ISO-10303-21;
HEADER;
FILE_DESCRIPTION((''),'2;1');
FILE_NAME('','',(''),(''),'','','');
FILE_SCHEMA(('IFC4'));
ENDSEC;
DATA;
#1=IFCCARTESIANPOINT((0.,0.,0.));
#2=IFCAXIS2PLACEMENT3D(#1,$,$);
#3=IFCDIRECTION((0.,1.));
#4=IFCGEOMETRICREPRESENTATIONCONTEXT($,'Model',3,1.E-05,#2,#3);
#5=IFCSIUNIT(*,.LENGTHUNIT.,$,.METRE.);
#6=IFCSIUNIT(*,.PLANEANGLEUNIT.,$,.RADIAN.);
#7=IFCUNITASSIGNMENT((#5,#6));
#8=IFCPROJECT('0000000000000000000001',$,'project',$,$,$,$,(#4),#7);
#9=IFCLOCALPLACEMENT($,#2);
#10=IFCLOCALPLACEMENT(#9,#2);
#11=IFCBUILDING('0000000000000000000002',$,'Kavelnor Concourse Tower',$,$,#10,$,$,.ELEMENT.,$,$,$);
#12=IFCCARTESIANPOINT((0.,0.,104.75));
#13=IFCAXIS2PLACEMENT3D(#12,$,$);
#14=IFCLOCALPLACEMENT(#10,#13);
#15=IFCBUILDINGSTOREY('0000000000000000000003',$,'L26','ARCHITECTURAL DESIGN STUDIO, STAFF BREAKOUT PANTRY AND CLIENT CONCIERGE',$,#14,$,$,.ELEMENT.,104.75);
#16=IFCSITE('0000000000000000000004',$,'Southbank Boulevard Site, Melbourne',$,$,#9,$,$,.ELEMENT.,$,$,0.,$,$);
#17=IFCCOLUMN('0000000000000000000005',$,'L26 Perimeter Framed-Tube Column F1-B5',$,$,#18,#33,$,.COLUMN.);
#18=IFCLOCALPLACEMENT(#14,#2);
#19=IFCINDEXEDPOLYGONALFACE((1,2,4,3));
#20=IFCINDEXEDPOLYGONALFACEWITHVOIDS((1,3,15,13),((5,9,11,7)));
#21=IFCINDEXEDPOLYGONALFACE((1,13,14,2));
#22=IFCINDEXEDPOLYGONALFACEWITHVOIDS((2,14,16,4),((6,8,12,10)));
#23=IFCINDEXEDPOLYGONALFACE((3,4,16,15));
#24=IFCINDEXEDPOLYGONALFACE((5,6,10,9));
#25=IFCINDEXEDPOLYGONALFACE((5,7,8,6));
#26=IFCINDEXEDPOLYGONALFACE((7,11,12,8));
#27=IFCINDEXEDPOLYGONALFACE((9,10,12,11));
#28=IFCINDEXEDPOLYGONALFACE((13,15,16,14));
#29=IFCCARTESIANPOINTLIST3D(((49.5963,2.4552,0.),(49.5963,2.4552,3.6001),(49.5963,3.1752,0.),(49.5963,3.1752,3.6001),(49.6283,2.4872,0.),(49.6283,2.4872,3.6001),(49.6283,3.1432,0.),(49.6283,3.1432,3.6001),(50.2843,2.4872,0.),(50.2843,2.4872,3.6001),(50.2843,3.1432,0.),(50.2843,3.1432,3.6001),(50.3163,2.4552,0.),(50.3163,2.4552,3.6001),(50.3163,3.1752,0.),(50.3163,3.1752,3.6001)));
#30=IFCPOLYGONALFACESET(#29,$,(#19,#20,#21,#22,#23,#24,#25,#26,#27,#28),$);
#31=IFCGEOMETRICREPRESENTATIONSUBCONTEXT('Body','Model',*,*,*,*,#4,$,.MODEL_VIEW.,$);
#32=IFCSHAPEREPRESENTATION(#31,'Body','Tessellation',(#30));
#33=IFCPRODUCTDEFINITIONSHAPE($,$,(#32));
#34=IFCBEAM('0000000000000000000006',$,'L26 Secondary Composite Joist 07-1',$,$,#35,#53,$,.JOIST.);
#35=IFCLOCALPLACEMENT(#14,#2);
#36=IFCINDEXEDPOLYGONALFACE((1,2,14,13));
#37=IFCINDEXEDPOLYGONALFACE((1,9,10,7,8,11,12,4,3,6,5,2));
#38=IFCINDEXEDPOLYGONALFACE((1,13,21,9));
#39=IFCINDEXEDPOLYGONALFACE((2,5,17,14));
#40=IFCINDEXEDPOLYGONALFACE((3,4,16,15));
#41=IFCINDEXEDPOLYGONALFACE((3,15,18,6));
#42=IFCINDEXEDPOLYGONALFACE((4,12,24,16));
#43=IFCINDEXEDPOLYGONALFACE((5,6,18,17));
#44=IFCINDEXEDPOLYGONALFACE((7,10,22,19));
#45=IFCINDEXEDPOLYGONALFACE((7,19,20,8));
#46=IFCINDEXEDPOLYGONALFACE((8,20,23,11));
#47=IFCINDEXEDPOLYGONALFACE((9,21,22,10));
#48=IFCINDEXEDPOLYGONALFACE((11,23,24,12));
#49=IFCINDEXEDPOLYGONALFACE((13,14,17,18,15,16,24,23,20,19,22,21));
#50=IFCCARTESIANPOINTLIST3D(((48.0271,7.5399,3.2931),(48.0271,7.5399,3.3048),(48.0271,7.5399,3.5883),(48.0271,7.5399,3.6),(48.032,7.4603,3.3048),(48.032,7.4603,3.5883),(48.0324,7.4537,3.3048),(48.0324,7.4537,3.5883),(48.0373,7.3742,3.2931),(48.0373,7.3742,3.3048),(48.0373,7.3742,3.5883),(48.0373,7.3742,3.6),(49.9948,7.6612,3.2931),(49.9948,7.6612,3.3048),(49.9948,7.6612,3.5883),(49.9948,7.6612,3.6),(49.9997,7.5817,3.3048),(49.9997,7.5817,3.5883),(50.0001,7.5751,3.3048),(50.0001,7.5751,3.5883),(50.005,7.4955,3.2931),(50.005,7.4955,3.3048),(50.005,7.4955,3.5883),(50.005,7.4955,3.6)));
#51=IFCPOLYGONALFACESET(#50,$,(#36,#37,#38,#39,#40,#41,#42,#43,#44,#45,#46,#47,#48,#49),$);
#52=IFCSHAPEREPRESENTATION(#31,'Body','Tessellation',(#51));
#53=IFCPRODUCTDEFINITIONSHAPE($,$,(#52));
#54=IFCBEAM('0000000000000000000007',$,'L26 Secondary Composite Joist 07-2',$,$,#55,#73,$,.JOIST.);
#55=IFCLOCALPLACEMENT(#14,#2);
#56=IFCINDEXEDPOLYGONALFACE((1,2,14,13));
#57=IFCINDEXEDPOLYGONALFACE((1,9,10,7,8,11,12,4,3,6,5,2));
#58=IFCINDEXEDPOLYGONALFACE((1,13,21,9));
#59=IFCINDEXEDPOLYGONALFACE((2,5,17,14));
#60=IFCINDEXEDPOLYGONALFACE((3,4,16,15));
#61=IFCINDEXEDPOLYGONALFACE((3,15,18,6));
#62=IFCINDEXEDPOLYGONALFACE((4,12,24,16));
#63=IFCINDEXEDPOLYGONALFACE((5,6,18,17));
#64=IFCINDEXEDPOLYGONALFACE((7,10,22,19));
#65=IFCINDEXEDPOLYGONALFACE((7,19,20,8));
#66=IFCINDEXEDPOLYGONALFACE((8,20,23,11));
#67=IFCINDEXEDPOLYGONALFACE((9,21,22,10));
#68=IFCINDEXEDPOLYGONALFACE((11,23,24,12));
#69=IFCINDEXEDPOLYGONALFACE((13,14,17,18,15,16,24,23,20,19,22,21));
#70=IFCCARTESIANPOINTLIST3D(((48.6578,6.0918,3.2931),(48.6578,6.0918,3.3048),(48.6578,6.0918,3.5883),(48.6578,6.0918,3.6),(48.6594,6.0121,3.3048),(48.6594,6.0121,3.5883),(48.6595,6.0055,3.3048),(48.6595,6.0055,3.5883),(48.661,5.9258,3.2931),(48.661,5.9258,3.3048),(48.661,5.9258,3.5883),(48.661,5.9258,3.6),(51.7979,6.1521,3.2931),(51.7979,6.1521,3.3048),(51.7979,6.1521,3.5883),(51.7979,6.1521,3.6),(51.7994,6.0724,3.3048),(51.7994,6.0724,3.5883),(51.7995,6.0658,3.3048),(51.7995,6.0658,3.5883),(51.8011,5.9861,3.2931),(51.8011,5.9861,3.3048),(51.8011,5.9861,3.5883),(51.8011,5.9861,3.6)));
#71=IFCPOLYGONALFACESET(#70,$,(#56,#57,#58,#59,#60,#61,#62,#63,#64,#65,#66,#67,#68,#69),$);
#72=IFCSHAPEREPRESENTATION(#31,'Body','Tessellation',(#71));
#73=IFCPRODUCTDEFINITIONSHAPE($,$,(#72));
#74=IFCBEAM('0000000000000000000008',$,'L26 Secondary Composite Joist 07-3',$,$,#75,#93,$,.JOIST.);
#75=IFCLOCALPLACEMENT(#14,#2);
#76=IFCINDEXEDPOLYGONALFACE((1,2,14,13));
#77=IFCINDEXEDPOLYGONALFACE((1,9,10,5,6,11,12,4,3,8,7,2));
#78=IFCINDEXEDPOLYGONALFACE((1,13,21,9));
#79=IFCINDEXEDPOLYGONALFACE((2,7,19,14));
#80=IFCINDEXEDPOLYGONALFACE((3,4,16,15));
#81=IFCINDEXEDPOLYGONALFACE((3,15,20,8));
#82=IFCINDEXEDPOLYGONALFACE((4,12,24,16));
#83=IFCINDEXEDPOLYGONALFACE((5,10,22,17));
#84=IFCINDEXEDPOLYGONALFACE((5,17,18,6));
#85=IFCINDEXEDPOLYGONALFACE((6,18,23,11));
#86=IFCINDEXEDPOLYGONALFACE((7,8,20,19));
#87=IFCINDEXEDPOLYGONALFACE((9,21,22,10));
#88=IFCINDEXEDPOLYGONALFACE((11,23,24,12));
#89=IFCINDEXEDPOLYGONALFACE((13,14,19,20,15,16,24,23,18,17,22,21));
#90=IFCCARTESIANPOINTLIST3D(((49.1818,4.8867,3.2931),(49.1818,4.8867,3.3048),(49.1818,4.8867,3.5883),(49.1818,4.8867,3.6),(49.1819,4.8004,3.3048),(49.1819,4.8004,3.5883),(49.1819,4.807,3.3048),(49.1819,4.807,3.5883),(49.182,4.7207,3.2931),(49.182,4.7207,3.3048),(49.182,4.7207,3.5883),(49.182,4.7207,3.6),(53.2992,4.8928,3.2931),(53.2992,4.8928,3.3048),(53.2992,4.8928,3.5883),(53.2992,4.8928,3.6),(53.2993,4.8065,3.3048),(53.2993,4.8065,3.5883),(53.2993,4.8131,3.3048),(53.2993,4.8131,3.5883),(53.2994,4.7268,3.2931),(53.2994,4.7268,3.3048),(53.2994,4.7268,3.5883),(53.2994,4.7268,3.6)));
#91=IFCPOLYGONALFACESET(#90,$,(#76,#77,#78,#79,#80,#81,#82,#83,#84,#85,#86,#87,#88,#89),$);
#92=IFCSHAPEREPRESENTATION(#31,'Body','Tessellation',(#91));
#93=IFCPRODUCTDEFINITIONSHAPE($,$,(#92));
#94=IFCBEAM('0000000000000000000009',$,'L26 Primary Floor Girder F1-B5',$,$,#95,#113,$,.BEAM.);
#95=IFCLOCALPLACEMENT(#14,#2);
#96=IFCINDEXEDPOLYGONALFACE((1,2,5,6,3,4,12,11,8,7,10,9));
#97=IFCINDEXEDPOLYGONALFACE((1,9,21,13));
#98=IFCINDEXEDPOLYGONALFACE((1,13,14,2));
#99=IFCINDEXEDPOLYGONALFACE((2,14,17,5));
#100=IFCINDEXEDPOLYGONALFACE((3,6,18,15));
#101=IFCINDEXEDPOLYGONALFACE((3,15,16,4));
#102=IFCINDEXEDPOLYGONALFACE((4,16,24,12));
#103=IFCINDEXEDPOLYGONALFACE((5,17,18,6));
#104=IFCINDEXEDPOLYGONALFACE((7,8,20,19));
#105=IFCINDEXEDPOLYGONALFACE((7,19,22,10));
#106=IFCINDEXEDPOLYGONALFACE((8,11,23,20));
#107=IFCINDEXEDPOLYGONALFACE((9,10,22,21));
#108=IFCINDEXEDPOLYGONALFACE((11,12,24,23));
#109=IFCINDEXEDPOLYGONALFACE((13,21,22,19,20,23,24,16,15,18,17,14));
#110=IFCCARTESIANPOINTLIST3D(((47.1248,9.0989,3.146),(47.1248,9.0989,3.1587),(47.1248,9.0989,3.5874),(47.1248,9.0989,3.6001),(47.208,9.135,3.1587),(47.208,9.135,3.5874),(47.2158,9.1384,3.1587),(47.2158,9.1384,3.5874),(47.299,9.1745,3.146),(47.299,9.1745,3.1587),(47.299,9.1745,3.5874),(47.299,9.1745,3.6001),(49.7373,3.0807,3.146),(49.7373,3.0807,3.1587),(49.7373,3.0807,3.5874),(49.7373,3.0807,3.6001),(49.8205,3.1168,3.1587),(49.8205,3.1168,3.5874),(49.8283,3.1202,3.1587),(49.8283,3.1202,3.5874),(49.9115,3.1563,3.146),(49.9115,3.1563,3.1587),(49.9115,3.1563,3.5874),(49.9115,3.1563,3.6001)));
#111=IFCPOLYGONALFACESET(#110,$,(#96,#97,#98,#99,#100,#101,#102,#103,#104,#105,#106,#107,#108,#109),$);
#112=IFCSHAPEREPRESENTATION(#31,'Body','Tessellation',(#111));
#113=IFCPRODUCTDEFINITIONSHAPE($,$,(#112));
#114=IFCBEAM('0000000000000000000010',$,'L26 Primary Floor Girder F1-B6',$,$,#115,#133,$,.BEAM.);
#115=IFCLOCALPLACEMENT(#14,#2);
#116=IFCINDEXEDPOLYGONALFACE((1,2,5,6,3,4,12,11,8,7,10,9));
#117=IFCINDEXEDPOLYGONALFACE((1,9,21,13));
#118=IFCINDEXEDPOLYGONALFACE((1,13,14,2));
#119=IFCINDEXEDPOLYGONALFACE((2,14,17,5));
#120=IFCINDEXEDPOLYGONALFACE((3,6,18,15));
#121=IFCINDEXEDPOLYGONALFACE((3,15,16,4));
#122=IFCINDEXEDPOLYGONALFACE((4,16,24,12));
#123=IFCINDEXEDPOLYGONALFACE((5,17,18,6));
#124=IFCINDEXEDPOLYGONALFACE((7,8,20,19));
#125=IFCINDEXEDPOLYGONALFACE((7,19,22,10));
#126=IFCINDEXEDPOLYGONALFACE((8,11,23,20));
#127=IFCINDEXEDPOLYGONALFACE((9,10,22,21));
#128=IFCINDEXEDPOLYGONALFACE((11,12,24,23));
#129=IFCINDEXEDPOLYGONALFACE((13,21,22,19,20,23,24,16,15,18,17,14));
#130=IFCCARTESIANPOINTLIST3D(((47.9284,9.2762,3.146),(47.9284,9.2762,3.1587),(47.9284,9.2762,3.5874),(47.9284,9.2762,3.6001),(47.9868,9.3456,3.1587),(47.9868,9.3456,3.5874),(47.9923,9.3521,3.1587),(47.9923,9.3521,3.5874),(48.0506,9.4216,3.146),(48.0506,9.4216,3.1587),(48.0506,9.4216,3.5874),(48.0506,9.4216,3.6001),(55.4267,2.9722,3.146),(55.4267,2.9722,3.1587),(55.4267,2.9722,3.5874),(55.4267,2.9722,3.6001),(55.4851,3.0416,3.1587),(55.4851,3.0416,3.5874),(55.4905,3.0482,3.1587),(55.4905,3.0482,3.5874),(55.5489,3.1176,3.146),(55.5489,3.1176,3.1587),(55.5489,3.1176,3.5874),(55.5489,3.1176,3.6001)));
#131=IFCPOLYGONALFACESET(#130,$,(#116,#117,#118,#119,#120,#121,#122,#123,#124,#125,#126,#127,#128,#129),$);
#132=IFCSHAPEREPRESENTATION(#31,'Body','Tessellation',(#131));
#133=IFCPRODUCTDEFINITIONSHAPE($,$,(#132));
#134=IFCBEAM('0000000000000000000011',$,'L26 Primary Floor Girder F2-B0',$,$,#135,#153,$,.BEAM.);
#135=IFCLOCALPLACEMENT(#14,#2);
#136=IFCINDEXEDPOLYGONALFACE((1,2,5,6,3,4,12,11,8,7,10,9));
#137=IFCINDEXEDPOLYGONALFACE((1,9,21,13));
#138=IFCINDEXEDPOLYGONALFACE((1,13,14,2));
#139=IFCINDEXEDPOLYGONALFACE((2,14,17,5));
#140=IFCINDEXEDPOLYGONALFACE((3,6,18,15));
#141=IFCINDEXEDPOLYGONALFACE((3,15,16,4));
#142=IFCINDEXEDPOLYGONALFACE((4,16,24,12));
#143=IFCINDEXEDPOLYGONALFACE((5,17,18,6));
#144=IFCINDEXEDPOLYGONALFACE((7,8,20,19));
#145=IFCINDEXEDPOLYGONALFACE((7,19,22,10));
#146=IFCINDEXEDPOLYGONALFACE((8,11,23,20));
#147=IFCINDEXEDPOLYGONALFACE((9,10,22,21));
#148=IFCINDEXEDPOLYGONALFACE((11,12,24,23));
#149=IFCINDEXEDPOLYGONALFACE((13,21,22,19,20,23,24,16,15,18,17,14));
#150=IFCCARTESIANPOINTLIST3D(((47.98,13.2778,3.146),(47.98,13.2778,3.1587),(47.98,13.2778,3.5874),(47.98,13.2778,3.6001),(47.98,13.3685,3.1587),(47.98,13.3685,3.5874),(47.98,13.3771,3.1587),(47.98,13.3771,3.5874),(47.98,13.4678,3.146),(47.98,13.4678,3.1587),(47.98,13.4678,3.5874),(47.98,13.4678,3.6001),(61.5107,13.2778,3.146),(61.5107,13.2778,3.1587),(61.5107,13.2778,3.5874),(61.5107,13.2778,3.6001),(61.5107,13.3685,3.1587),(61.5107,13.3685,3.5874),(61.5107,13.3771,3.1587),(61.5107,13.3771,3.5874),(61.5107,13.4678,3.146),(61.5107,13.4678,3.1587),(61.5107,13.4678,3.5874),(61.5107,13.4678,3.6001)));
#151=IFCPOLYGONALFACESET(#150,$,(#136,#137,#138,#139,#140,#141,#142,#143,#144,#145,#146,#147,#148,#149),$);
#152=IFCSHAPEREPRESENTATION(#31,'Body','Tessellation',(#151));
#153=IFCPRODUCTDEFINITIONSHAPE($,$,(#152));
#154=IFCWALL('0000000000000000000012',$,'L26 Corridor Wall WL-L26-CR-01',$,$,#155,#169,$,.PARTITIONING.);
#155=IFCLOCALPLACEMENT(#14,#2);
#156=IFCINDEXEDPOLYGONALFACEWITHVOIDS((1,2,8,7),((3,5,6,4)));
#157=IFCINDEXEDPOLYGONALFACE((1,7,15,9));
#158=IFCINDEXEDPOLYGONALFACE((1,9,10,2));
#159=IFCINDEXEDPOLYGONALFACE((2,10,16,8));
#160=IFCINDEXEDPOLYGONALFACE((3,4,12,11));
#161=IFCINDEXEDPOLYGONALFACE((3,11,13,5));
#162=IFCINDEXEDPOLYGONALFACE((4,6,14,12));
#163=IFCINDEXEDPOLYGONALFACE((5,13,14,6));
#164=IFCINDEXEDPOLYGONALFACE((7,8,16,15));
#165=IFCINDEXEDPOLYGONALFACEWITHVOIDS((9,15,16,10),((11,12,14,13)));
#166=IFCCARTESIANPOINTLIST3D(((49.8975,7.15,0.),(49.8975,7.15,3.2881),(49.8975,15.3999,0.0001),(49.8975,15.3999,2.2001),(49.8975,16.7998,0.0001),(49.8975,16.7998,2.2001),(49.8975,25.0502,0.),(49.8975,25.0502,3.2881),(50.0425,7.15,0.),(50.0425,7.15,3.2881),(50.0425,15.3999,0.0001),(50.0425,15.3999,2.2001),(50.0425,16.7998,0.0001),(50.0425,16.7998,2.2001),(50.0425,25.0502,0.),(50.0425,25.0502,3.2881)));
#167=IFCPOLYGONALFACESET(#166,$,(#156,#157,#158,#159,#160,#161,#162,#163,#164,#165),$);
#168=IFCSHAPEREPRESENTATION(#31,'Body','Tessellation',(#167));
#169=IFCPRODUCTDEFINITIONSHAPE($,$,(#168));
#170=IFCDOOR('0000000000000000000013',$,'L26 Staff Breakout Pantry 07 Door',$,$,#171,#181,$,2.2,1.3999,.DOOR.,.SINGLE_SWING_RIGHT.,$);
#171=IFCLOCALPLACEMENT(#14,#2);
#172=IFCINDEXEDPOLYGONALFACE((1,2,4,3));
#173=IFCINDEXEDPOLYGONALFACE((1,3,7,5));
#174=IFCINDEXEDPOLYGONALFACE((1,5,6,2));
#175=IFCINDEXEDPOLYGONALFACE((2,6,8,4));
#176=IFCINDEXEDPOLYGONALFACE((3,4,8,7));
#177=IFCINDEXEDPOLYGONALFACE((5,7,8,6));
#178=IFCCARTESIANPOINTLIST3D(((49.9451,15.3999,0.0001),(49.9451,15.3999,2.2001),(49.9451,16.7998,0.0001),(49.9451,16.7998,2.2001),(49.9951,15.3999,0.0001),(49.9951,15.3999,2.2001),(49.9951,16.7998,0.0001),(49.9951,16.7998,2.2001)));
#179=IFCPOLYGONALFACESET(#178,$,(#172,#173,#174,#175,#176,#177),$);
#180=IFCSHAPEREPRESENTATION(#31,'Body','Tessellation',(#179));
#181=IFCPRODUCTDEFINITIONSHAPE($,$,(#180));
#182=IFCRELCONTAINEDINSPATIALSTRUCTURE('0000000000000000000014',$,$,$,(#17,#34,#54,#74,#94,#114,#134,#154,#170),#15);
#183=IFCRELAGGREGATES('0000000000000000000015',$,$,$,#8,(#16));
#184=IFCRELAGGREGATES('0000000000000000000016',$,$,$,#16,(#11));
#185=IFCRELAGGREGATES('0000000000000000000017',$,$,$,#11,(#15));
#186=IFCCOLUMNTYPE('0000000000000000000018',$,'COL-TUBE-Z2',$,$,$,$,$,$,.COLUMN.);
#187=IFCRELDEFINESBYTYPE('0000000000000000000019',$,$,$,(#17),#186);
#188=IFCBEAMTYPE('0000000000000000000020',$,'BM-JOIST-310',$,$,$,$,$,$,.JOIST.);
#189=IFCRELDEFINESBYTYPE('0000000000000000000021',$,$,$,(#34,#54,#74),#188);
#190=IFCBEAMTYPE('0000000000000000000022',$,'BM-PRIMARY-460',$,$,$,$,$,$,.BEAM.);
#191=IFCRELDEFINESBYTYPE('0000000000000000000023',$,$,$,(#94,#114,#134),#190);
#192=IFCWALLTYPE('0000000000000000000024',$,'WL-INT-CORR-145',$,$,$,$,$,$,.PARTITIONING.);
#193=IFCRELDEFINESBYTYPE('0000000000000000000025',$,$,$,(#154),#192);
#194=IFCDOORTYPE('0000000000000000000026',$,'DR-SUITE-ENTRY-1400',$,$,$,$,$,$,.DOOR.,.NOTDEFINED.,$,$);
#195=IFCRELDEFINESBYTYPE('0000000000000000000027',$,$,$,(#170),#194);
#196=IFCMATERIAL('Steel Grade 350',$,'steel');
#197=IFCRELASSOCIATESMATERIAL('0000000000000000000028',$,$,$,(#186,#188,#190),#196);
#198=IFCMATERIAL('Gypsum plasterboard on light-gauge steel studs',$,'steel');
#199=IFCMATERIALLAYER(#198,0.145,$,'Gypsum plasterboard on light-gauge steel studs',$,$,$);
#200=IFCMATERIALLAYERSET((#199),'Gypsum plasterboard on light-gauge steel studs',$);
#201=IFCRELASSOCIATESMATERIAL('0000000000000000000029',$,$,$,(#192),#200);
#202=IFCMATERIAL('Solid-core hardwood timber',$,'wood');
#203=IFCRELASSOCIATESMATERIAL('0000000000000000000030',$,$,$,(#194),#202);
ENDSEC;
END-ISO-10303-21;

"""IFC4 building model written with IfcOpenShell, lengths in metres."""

from ifc_helpers import new_model, si_unit, direction, frame, frame_2d, origin, origin_2d, place, context, subcontext, project, spatial, rectangle, hollow_rectangle, i_section, extrude, material, layer, layer_set, material_profile, profile_set, type_object, element, fill, save


model = new_model("IFC4")

# Units and contexts
model_context = context("Model", 3, precision=1e-05, world=origin(), true_north=direction((0.0, 1.0)))
body_context = subcontext(model_context, "Body", "Model", "MODEL_VIEW")
ifc_project = project(units=[si_unit("LENGTHUNIT", "METRE"), si_unit("PLANEANGLEUNIT", "RADIAN")], contexts=[model_context])

# Site, building, storey
site_placement = place(None, origin())
site = spatial("IfcSite", under=ifc_project, at=site_placement, Name="Southbank Boulevard Site, Melbourne", CompositionType="ELEMENT", RefElevation=0.0)
building_placement = place(site_placement, origin())
building = spatial("IfcBuilding", under=site, at=building_placement, Name="Kavelnor Concourse Tower", CompositionType="ELEMENT")
storey_placement = place(building_placement, frame((0.0, 0.0, 104.75)))
storey = spatial("IfcBuildingStorey", under=building, at=storey_placement, Name="L26", Description="ARCHITECTURAL DESIGN STUDIO, STAFF BREAKOUT PANTRY AND CLIENT CONCIERGE", CompositionType="ELEMENT", Elevation=104.75)

# Column
ifc_material_1 = material(Name="Steel Grade 350", Category="steel")
ifc_material_profile_1 = material_profile(ifc_material_1, hollow_rectangle(XDim=0.72, YDim=0.72, WallThickness=0.032, at=origin_2d()), Name="SHS 720x720x32")
ifc_profile_set_1 = profile_set([ifc_material_profile_1], Name="Steel Grade 350")
column_type = type_object("IfcColumnType", Name="COL-TUBE-Z2", PredefinedType="COLUMN", material=ifc_profile_set_1)
column_placement = place(storey_placement, frame((49.9563, 2.8152, 0.0), z_axis=(0.0, 0.0, 1.0), x_axis=(1.0, 0.0, 0.0)))
element("IfcColumn", 1, at=column_placement, inside=storey, type_object=column_type, Name="L26 Perimeter Framed-Tube Column F1-B5", PredefinedType="COLUMN", context=body_context, shape_type="SweptSolid", body=[
    extrude(hollow_rectangle(XDim=0.72, YDim=0.72, WallThickness=0.032, at=origin_2d()), origin(), (0.0, 0.0, 1.0), 3.6001),
])

# Beams
ifc_material_profile_2 = material_profile(ifc_material_1, i_section(OverallWidth=0.166, OverallDepth=0.3069, WebThickness=0.0066, FlangeThickness=0.0117, at=origin_2d()), Name="310UB46")
ifc_profile_set_2 = profile_set([ifc_material_profile_2], Name="Steel Grade 350")
beam_type_1 = type_object("IfcBeamType", Name="BM-JOIST-310", PredefinedType="JOIST", material=ifc_profile_set_2)
beam_1_placement = place(storey_placement, frame((48.0322, 7.457, 3.4465), z_axis=(0.998104, 0.061546, 0.0), x_axis=(-0.061546, 0.998104, 0.0)))
element("IfcBeam", 2, at=beam_1_placement, inside=storey, type_object=beam_type_1, Name="L26 Secondary Composite Joist 07-1", PredefinedType="JOIST", context=body_context, shape_type="SweptSolid", body=[
    extrude(i_section(OverallWidth=0.166, OverallDepth=0.3069, WebThickness=0.0066, FlangeThickness=0.0117, at=origin_2d()), origin(), (0.0, 0.0, 1.0), 1.9714),
])
beam_2_placement = place(storey_placement, frame((48.6594, 6.0088, 3.4465), z_axis=(0.999816, 0.0192, 0.0), x_axis=(-0.0192, 0.999816, 0.0)))
element("IfcBeam", 3, at=beam_2_placement, inside=storey, type_object=beam_type_1, Name="L26 Secondary Composite Joist 07-2", PredefinedType="JOIST", context=body_context, shape_type="SweptSolid", body=[
    extrude(i_section(OverallWidth=0.166, OverallDepth=0.3069, WebThickness=0.0066, FlangeThickness=0.0117, at=origin_2d()), origin(), (0.0, 0.0, 1.0), 3.1406),
])
beam_3_placement = place(storey_placement, frame((49.1819, 4.8037, 3.4465), z_axis=(0.999999, 0.001482, 0.0), x_axis=(-0.001482, 0.999999, 0.0)))
element("IfcBeam", 4, at=beam_3_placement, inside=storey, type_object=beam_type_1, Name="L26 Secondary Composite Joist 07-3", PredefinedType="JOIST", context=body_context, shape_type="SweptSolid", body=[
    extrude(i_section(OverallWidth=0.166, OverallDepth=0.3069, WebThickness=0.0066, FlangeThickness=0.0117, at=origin_2d()), origin(), (0.0, 0.0, 1.0), 4.1174),
])
ifc_material_profile_3 = material_profile(ifc_material_1, i_section(OverallWidth=0.1899, OverallDepth=0.4541, WebThickness=0.0085, FlangeThickness=0.0127, at=origin_2d()), Name="460UB67")
ifc_profile_set_3 = profile_set([ifc_material_profile_3], Name="Steel Grade 350")
beam_type_2 = type_object("IfcBeamType", Name="BM-PRIMARY-460", PredefinedType="BEAM", material=ifc_profile_set_3)
beam_4_placement = place(storey_placement, frame((47.2119, 9.1367, 3.373), z_axis=(0.398199, -0.917299, 0.0), x_axis=(0.917299, 0.398199, 0.0)))
element("IfcBeam", 5, at=beam_4_placement, inside=storey, type_object=beam_type_2, Name="L26 Primary Floor Girder F1-B5", PredefinedType="BEAM", context=body_context, shape_type="SweptSolid", body=[
    extrude(i_section(OverallWidth=0.1899, OverallDepth=0.4541, WebThickness=0.0085, FlangeThickness=0.0127, at=origin_2d()), origin(), (0.0, 0.0, 1.0), 6.5608),
])
beam_5_placement = place(storey_placement, frame((47.9895, 9.3489, 3.373), z_axis=(0.765434, -0.643515, 0.0), x_axis=(0.643515, 0.765434, 0.0)))
element("IfcBeam", 6, at=beam_5_placement, inside=storey, type_object=beam_type_2, Name="L26 Primary Floor Girder F1-B6", PredefinedType="BEAM", context=body_context, shape_type="SweptSolid", body=[
    extrude(i_section(OverallWidth=0.1899, OverallDepth=0.4541, WebThickness=0.0085, FlangeThickness=0.0127, at=origin_2d()), origin(), (0.0, 0.0, 1.0), 9.7961),
])
beam_6_placement = place(storey_placement, frame((47.98, 13.3728, 3.373), z_axis=(1.0, 0.0, 0.0), x_axis=(0.0, 1.0, 0.0)))
element("IfcBeam", 7, at=beam_6_placement, inside=storey, type_object=beam_type_2, Name="L26 Primary Floor Girder F2-B0", PredefinedType="BEAM", context=body_context, shape_type="SweptSolid", body=[
    extrude(i_section(OverallWidth=0.1899, OverallDepth=0.4541, WebThickness=0.0085, FlangeThickness=0.0127, at=origin_2d()), origin(), (0.0, 0.0, 1.0), 13.5308),
])

# Wall, opening, door
ifc_material_2 = material(Name="Gypsum plasterboard on light-gauge steel studs", Category="steel")
ifc_layer_1 = layer(ifc_material_2, 0.145, Name="Gypsum plasterboard on light-gauge steel studs")
ifc_layer_set_1 = layer_set([ifc_layer_1], Name="Gypsum plasterboard on light-gauge steel studs")
wall_type_1 = type_object("IfcWallType", Name="WL-INT-CORR-145", PredefinedType="PARTITIONING", material=ifc_layer_set_1)
wall_1_placement = place(storey_placement, frame((49.97, 7.1499, 0.0), z_axis=(0.0, 0.0, 1.0), x_axis=(0.0, 1.0, 0.0)))
wall_1 = element("IfcWall", 8, at=wall_1_placement, inside=storey, type_object=wall_type_1, Name="L26 Corridor Wall WL-L26-CR-01", PredefinedType="PARTITIONING", context=body_context, shape_type="SweptSolid", body=[
    extrude(rectangle(XDim=17.9001, YDim=0.145, at=frame_2d((8.9502, 0.0))), origin(), (0.0, 0.0, 1.0), 3.2881),
])
opening_1_placement = place(wall_1_placement, frame((8.25, 0.0, 0.0)))
opening_1 = element("IfcOpeningElement", 9, at=opening_1_placement, cuts=wall_1, PredefinedType="OPENING", context=body_context, shape_type="SweptSolid", body=[
    extrude(rectangle(XDim=1.3999, YDim=2.2, at=frame_2d((0.7, 1.1001))), frame((0.0, 0.0825, 0.0), z_axis=(0.0, -1.0, 0.0), x_axis=(1.0, 0.0, 0.0)), (0.0, 0.0, 1.0), 0.165),
])
ifc_material_3 = material(Name="Solid-core hardwood timber", Category="wood")
door_type_1 = type_object("IfcDoorType", Name="DR-SUITE-ENTRY-1400", OperationType="NOTDEFINED", PredefinedType="DOOR", material=ifc_material_3)
door_1_placement = place(opening_1_placement, origin())
door_1 = element("IfcDoor", 10, at=door_1_placement, inside=storey, type_object=door_type_1, Name="L26 Staff Breakout Pantry 07 Door", OperationType="SINGLE_SWING_RIGHT", OverallHeight=2.2, OverallWidth=1.3999, PredefinedType="DOOR", context=body_context, shape_type="SweptSolid", body=[
    extrude(rectangle(XDim=1.3999, YDim=2.2, at=frame_2d((0.7, 1.1001))), frame((0.0, 0.0249, 0.0), z_axis=(0.0, -1.0, 0.0), x_axis=(1.0, 0.0, 0.0)), (0.0, 0.0, 1.0), 0.05),
])
fill(opening_1, door_1)

save(model, "model.ifc")
